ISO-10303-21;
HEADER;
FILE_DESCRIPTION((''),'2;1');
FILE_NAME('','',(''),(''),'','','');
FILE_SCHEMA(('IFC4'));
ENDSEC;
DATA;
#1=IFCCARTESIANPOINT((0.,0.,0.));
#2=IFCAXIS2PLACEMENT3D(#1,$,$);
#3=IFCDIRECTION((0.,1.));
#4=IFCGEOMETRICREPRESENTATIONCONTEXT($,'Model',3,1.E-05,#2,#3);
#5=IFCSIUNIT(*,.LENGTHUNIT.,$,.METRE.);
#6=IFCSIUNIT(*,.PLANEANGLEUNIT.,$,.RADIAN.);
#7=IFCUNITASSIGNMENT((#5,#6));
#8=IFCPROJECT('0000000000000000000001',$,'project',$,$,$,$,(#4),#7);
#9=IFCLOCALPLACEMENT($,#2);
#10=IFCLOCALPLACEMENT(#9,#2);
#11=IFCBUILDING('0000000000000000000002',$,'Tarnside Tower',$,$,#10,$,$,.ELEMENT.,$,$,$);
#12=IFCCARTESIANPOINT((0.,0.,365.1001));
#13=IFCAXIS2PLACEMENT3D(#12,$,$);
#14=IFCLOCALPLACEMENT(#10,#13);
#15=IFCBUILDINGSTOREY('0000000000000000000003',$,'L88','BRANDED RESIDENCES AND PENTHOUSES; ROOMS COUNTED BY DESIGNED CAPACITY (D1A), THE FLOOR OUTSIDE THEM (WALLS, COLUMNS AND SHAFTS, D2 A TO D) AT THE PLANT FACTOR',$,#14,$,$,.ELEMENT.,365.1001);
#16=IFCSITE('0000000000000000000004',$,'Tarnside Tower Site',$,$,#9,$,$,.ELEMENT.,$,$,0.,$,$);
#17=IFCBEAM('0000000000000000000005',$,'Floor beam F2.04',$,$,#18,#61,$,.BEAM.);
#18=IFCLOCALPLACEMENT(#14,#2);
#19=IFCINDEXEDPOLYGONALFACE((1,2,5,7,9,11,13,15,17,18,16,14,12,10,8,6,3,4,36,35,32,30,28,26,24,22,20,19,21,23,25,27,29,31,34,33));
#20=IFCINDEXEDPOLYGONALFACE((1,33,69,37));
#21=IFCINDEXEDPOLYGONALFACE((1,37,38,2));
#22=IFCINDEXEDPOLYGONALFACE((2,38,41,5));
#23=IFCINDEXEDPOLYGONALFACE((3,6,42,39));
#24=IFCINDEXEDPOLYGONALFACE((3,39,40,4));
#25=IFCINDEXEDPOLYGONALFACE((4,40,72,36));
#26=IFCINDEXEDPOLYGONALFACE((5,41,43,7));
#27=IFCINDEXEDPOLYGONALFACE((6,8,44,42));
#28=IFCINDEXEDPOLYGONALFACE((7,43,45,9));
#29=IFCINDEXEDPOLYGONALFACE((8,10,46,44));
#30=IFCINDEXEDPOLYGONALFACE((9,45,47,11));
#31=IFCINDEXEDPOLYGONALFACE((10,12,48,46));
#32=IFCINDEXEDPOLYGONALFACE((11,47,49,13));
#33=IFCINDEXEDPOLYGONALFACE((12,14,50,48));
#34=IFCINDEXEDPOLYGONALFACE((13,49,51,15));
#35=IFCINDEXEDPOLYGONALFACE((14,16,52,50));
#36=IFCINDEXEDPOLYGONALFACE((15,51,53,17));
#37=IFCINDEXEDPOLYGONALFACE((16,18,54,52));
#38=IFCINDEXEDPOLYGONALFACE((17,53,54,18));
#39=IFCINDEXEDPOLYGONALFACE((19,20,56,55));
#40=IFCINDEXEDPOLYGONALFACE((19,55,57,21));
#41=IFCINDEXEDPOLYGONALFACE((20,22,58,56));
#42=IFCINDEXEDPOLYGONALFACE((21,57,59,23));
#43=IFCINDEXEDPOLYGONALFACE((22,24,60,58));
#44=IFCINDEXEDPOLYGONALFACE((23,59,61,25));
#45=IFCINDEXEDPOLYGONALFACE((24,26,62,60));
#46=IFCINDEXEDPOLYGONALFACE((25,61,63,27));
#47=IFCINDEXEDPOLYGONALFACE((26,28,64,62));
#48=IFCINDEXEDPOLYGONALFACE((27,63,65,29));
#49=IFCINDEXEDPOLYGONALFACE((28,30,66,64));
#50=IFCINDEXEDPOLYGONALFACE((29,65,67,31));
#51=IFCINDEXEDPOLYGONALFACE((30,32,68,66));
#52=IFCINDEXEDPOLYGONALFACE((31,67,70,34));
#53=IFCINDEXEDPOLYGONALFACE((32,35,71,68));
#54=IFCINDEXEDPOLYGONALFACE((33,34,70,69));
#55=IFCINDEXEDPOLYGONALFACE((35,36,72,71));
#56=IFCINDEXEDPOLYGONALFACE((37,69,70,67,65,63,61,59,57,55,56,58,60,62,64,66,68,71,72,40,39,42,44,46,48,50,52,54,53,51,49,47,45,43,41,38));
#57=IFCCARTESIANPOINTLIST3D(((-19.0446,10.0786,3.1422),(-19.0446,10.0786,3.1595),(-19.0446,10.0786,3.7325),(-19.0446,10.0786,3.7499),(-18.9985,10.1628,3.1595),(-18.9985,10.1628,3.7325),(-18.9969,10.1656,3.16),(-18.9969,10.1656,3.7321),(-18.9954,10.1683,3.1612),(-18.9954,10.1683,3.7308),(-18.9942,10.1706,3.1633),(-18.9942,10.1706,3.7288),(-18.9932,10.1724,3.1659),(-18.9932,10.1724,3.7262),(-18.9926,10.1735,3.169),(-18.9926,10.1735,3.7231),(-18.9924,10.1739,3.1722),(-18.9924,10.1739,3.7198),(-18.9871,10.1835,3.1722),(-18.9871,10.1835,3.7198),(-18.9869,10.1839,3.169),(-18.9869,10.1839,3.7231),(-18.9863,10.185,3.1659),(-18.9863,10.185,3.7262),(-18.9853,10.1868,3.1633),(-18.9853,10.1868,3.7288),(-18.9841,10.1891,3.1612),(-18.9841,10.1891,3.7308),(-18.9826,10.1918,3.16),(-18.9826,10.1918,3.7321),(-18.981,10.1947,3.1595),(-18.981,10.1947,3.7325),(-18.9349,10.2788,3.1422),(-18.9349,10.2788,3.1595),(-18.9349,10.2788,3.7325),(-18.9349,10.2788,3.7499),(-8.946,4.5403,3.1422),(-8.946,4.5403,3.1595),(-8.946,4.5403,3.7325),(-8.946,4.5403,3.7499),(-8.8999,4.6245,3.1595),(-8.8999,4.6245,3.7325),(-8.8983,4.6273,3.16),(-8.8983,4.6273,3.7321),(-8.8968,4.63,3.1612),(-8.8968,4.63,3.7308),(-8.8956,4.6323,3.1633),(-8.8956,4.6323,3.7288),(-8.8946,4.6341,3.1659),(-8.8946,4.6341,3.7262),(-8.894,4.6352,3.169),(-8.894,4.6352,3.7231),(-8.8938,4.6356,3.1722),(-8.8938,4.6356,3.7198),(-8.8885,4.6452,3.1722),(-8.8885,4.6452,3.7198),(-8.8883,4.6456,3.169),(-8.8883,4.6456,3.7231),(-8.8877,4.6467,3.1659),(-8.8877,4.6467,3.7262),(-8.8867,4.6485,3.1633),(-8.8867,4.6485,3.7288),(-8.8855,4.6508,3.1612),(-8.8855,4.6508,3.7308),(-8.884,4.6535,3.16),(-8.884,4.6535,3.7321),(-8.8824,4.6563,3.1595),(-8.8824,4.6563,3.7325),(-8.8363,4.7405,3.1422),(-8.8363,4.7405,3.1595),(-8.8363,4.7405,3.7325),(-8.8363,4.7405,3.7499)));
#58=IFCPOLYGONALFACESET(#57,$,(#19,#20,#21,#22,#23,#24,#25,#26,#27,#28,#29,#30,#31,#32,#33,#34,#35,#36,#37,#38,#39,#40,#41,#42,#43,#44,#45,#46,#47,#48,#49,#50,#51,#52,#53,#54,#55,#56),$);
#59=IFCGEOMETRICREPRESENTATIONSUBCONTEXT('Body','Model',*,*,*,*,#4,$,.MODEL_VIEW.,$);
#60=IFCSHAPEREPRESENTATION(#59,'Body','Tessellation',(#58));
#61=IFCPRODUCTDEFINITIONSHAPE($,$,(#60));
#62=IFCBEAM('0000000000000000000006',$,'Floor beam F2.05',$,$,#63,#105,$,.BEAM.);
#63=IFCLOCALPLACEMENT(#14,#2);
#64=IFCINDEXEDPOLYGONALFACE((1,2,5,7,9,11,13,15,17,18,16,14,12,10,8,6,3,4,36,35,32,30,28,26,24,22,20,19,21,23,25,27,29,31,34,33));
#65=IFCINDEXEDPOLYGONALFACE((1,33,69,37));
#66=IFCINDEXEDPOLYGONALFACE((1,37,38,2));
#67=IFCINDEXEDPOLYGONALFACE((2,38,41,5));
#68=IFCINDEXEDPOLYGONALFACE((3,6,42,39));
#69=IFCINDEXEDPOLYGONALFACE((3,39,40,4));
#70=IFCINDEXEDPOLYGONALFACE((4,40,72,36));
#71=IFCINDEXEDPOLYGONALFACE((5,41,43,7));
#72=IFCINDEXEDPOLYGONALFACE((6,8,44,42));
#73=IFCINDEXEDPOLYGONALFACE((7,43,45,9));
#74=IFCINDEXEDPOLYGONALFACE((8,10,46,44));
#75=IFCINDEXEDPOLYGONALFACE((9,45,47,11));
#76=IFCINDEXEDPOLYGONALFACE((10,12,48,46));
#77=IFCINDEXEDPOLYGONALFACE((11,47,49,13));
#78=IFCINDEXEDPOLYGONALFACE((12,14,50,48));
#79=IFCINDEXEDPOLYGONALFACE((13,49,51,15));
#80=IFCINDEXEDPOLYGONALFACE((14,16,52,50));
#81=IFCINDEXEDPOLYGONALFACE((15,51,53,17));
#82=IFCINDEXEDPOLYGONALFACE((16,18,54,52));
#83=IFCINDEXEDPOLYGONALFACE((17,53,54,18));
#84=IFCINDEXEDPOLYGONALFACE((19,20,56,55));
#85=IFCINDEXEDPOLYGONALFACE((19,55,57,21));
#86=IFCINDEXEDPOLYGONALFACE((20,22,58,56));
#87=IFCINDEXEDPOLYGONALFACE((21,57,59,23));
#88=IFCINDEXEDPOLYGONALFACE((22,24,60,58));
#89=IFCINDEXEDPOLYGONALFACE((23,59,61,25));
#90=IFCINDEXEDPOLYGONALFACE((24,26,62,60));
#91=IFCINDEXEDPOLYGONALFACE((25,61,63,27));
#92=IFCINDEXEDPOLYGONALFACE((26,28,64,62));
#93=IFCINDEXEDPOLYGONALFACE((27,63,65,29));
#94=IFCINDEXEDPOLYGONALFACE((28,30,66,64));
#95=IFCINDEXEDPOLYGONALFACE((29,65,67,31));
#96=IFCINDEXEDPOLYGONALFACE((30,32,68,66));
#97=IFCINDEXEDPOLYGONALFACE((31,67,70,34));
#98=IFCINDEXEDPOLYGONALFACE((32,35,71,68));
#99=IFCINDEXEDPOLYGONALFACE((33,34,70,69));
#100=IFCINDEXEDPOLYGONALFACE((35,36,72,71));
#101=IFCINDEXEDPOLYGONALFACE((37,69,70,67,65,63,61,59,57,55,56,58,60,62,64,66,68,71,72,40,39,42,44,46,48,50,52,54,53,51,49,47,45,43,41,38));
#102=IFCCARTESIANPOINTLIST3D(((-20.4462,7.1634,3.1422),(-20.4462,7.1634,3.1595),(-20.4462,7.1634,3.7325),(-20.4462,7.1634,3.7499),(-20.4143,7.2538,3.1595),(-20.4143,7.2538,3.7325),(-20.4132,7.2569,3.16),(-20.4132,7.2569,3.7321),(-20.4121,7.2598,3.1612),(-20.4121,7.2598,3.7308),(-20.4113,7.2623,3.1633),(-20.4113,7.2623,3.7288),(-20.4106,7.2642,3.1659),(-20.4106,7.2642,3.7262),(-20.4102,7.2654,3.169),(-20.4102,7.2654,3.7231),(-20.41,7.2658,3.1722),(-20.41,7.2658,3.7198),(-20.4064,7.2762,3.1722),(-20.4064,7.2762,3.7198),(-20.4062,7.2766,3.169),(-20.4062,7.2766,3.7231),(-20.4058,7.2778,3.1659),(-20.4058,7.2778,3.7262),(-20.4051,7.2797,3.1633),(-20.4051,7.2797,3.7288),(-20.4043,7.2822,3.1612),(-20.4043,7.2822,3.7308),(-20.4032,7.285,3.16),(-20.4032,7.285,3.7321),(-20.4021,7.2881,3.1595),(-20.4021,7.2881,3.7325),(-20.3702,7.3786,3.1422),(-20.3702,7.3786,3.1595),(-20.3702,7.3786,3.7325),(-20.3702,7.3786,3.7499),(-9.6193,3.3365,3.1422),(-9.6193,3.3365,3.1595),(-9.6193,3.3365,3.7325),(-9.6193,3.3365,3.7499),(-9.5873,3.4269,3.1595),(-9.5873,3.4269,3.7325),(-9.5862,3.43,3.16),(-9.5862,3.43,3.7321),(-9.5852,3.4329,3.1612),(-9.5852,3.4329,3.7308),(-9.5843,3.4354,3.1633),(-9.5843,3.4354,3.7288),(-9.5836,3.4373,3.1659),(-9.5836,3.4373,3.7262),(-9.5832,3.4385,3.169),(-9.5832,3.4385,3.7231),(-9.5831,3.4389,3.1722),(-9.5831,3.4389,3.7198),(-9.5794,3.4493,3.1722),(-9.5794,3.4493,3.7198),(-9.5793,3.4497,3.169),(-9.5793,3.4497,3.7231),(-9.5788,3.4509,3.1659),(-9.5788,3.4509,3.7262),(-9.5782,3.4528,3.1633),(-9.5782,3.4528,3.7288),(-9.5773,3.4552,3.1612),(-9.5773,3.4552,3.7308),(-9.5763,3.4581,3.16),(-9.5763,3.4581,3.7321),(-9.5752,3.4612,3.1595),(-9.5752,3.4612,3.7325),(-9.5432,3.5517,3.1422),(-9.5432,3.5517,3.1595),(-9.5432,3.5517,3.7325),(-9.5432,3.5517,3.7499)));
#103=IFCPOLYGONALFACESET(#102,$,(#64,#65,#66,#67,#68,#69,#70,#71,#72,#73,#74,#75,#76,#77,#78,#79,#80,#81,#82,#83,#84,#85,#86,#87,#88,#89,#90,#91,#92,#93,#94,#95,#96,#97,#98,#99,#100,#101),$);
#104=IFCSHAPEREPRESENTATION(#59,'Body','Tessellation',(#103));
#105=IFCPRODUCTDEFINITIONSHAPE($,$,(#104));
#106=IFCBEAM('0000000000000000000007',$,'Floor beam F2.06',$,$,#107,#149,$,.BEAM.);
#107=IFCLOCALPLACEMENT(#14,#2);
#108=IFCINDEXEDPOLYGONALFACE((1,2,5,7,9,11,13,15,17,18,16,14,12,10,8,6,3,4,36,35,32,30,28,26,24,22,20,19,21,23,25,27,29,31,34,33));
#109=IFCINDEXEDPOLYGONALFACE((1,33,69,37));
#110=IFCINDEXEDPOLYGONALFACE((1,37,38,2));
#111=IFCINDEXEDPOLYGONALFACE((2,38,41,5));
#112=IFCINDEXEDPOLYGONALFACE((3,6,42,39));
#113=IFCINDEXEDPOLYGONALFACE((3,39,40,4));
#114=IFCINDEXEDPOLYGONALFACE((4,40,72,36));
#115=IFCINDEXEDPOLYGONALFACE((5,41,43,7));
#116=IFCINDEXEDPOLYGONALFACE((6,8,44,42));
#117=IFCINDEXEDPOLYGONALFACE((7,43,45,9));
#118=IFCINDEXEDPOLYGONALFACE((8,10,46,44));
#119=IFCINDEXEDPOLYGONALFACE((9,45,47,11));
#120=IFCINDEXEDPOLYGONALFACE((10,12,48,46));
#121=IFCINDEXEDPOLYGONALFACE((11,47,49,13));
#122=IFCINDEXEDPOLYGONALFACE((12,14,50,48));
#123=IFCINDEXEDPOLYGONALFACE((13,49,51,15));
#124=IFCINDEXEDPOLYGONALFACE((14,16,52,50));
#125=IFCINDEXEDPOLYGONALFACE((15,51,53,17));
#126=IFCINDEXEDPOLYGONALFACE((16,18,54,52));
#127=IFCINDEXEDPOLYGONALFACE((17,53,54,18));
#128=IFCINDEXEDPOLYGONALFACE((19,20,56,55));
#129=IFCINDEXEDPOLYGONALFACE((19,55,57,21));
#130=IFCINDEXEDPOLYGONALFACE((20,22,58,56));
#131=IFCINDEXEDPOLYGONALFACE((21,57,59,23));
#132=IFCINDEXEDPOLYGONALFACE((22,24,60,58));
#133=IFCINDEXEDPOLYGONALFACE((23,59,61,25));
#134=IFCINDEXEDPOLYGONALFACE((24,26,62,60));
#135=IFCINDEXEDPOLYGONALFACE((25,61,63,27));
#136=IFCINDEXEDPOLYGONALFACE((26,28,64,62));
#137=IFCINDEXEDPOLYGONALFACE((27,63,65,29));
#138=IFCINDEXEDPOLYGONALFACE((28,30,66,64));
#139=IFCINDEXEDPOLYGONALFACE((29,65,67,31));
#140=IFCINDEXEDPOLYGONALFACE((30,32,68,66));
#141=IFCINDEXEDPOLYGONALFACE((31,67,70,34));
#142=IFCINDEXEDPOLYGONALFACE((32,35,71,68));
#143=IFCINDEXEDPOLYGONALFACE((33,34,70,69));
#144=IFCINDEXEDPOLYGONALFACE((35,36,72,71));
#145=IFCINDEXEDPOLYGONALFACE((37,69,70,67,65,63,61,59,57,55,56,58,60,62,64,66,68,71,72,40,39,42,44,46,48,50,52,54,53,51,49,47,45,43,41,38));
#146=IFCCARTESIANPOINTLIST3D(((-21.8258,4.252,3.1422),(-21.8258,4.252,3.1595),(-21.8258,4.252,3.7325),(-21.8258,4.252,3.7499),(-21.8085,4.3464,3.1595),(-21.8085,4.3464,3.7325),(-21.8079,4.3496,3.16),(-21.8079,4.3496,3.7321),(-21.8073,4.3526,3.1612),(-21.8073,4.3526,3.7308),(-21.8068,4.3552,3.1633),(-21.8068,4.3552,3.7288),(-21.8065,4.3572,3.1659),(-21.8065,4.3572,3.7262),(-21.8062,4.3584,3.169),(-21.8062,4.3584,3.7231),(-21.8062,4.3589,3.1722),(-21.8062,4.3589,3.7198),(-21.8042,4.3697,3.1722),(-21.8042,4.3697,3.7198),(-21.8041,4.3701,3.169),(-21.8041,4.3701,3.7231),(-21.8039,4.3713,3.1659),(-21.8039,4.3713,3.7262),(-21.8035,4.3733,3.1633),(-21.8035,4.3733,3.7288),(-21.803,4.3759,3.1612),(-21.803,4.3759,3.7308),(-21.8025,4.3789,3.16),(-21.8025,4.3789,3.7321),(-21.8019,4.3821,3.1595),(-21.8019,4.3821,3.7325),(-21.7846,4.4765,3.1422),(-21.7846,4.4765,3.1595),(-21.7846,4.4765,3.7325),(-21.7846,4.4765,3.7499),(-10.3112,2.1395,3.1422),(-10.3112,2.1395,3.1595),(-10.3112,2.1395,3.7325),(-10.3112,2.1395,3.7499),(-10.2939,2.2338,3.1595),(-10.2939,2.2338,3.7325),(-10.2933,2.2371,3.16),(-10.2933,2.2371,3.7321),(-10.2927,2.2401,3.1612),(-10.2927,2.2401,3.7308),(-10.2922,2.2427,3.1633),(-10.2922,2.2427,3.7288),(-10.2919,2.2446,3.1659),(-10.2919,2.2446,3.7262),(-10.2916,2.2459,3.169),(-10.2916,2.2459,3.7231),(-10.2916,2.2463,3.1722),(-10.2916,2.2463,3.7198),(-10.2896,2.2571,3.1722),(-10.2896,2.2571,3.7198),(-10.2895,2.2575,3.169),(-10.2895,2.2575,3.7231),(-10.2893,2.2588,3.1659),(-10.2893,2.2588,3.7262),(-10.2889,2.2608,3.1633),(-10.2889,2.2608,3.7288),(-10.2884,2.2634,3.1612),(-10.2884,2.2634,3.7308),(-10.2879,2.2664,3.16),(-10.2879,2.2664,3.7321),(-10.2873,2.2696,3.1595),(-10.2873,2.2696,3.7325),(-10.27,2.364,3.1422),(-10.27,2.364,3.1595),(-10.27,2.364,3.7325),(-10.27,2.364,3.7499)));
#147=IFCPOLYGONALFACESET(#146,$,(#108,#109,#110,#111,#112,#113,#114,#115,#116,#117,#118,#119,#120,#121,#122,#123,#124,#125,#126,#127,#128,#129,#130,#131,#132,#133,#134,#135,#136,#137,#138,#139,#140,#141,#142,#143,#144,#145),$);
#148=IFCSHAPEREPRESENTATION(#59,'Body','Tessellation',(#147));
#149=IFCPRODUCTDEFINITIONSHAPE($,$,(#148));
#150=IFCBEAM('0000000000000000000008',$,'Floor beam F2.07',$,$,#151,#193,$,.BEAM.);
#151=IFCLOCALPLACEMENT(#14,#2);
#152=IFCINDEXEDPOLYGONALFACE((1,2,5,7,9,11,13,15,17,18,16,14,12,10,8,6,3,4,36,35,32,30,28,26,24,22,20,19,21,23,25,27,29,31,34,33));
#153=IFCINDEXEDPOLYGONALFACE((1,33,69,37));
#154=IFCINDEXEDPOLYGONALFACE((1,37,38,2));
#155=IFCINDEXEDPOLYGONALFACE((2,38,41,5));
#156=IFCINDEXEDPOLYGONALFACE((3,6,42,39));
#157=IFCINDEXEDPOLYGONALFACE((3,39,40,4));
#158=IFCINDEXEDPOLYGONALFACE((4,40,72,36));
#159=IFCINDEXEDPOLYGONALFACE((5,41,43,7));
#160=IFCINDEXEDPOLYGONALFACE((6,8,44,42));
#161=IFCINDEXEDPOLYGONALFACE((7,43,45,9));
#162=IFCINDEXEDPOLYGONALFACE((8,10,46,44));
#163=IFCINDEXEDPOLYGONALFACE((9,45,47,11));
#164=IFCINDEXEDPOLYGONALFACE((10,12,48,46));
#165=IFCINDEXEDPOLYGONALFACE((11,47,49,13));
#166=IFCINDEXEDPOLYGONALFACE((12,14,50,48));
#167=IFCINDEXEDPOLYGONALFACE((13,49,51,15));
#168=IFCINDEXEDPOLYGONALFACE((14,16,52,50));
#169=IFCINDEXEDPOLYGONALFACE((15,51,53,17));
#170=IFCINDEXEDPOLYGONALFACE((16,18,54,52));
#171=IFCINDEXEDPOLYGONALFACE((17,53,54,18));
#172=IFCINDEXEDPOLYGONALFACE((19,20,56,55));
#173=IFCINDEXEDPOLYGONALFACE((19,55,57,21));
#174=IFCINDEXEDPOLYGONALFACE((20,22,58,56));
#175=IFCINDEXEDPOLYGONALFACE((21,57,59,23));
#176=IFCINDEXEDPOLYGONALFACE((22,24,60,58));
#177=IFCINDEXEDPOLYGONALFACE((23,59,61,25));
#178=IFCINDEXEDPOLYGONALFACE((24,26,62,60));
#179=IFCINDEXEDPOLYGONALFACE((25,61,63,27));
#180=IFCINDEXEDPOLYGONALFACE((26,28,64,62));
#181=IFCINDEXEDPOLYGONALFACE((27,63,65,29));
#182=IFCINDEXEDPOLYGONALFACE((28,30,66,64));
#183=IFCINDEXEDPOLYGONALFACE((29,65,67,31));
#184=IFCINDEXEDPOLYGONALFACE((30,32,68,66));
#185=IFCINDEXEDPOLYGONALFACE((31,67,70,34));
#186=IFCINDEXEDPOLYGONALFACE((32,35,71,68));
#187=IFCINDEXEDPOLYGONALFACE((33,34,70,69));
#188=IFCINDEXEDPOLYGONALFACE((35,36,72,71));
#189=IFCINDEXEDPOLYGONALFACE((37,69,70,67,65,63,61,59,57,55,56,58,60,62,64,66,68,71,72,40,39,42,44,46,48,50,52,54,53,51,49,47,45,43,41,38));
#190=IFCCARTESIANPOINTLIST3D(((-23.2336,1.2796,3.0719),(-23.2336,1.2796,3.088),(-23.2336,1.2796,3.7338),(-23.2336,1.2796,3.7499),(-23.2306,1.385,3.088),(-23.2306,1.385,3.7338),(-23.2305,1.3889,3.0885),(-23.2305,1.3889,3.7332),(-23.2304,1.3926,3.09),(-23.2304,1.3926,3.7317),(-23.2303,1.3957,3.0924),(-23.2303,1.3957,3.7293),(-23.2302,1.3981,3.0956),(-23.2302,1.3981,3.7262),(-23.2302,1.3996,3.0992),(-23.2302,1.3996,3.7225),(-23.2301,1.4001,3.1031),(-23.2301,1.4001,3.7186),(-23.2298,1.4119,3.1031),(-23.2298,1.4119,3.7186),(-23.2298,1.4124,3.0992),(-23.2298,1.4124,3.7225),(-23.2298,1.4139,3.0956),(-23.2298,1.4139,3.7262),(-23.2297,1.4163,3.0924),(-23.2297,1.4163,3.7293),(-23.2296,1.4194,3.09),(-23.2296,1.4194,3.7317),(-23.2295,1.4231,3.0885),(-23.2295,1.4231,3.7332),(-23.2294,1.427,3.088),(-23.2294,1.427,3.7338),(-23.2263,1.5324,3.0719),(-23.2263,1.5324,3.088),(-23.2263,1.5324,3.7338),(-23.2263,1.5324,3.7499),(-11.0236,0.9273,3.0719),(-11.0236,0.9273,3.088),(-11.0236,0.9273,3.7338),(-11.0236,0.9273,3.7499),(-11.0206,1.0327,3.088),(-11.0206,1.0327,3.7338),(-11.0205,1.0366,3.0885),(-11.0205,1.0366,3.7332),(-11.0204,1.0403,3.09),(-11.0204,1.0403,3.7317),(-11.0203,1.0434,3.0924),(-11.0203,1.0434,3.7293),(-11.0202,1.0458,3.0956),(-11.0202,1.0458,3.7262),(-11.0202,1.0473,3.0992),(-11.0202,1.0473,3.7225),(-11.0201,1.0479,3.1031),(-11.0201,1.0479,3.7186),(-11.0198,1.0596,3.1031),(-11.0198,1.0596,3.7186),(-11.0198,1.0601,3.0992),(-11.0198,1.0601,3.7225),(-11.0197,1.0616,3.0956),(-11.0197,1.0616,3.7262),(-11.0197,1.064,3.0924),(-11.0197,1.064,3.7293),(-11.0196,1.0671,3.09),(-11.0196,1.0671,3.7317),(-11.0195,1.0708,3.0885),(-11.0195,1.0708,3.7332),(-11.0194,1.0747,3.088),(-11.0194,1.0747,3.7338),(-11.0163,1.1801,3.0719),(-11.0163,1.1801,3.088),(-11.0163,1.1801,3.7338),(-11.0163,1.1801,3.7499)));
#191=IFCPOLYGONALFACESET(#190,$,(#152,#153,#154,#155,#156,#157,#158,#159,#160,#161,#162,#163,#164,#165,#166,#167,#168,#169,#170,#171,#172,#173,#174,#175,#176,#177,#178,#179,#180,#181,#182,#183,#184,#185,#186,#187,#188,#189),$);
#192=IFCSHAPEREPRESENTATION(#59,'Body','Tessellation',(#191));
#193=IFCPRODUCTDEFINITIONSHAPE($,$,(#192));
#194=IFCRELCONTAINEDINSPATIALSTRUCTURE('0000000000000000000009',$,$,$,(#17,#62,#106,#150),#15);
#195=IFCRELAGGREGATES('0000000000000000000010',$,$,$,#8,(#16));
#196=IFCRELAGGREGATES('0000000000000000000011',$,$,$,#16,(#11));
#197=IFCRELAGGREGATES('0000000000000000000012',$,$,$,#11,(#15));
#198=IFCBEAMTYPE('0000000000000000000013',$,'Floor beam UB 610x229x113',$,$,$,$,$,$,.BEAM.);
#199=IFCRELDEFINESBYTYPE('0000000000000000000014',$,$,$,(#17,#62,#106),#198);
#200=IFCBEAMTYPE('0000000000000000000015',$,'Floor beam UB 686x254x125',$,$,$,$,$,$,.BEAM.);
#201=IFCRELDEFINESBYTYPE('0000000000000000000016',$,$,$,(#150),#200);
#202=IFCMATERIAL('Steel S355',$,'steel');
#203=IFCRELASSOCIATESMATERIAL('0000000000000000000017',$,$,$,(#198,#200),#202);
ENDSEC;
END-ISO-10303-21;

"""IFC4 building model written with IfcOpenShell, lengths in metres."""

from ifc_helpers import new_model, si_unit, direction, frame, origin, origin_2d, place, context, subcontext, project, spatial, i_section, extrude, material, material_profile, profile_set, type_object, element, save


model = new_model("IFC4")

# Units and contexts
model_context = context("Model", 3, precision=1e-05, world=origin(), true_north=direction((0.0, 1.0)))
body_context = subcontext(model_context, "Body", "Model", "MODEL_VIEW")
ifc_project = project(units=[si_unit("LENGTHUNIT", "METRE"), si_unit("PLANEANGLEUNIT", "RADIAN")], contexts=[model_context])

# Site, building, storey
site_placement = place(None, origin())
site = spatial("IfcSite", under=ifc_project, at=site_placement, Name="Tarnside Tower Site", CompositionType="ELEMENT", RefElevation=0.0)
building_placement = place(site_placement, origin())
building = spatial("IfcBuilding", under=site, at=building_placement, Name="Tarnside Tower", CompositionType="ELEMENT")
storey_placement = place(building_placement, frame((0.0, 0.0, 365.1001)))
storey = spatial("IfcBuildingStorey", under=building, at=storey_placement, Name="L88", Description="BRANDED RESIDENCES AND PENTHOUSES; ROOMS COUNTED BY DESIGNED CAPACITY (D1A), THE FLOOR OUTSIDE THEM (WALLS, COLUMNS AND SHAFTS, D2 A TO D) AT THE PLANT FACTOR", CompositionType="ELEMENT", Elevation=365.1001)

# Beams
ifc_material_1 = material(Name="Steel S355", Category="steel")
ifc_material_profile_1 = material_profile(ifc_material_1, i_section(OverallWidth=0.2283, OverallDepth=0.6077, WebThickness=0.011, FlangeThickness=0.0173, FilletRadius=0.0127, at=origin_2d()), Name="UB 610x229x113")
ifc_profile_set_1 = profile_set([ifc_material_profile_1], Name="Steel S355")
beam_type_1 = type_object("IfcBeamType", Name="Floor beam UB 610x229x113", PredefinedType="BEAM", material=ifc_profile_set_1)
beam_1_placement = place(storey_placement, frame((-18.9897, 10.1787, 3.446), z_axis=(0.876799, -0.480857, 0.0), x_axis=(0.480857, 0.876799, 0.0)))
element("IfcBeam", 1, at=beam_1_placement, inside=storey, type_object=beam_type_1, Name="Floor beam F2.04", PredefinedType="BEAM", context=body_context, shape_type="SweptSolid", body=[
    extrude(i_section(OverallWidth=0.2283, OverallDepth=0.6077, WebThickness=0.011, FlangeThickness=0.0173, FilletRadius=0.0127, at=origin_2d()), origin(), (0.0, 0.0, 1.0), 11.5176),
])
beam_2_placement = place(storey_placement, frame((-20.4082, 7.271, 3.446), z_axis=(0.942836, -0.333257, 0.0), x_axis=(0.333257, 0.942836, 0.0)))
element("IfcBeam", 2, at=beam_2_placement, inside=storey, type_object=beam_type_1, Name="Floor beam F2.05", PredefinedType="BEAM", context=body_context, shape_type="SweptSolid", body=[
    extrude(i_section(OverallWidth=0.2283, OverallDepth=0.6077, WebThickness=0.011, FlangeThickness=0.0173, FilletRadius=0.0127, at=origin_2d()), origin(), (0.0, 0.0, 1.0), 11.4834),
])
beam_3_placement = place(storey_placement, frame((-21.8052, 4.3643, 3.446), z_axis=(0.983583, -0.180454, 0.0), x_axis=(0.180454, 0.983583, 0.0)))
element("IfcBeam", 3, at=beam_3_placement, inside=storey, type_object=beam_type_1, Name="Floor beam F2.06", PredefinedType="BEAM", context=body_context, shape_type="SweptSolid", body=[
    extrude(i_section(OverallWidth=0.2283, OverallDepth=0.6077, WebThickness=0.011, FlangeThickness=0.0173, FilletRadius=0.0127, at=origin_2d()), origin(), (0.0, 0.0, 1.0), 11.7068),
])
ifc_material_profile_2 = material_profile(ifc_material_1, i_section(OverallWidth=0.2529, OverallDepth=0.678, WebThickness=0.0117, FlangeThickness=0.0161, FilletRadius=0.0151, at=origin_2d()), Name="UB 686x254x125")
ifc_profile_set_2 = profile_set([ifc_material_profile_2], Name="Steel S355")
beam_type_2 = type_object("IfcBeamType", Name="Floor beam UB 686x254x125", PredefinedType="BEAM", material=ifc_profile_set_2)
beam_4_placement = place(storey_placement, frame((-23.23, 1.406, 3.4109), z_axis=(0.999584, -0.028841, 0.0), x_axis=(0.028841, 0.999584, 0.0)))
element("IfcBeam", 4, at=beam_4_placement, inside=storey, type_object=beam_type_2, Name="Floor beam F2.07", PredefinedType="BEAM", context=body_context, shape_type="SweptSolid", body=[
    extrude(i_section(OverallWidth=0.2529, OverallDepth=0.678, WebThickness=0.0117, FlangeThickness=0.0161, FilletRadius=0.0151, at=origin_2d()), origin(), (0.0, 0.0, 1.0), 12.2151),
])

save(model, "model.ifc")
